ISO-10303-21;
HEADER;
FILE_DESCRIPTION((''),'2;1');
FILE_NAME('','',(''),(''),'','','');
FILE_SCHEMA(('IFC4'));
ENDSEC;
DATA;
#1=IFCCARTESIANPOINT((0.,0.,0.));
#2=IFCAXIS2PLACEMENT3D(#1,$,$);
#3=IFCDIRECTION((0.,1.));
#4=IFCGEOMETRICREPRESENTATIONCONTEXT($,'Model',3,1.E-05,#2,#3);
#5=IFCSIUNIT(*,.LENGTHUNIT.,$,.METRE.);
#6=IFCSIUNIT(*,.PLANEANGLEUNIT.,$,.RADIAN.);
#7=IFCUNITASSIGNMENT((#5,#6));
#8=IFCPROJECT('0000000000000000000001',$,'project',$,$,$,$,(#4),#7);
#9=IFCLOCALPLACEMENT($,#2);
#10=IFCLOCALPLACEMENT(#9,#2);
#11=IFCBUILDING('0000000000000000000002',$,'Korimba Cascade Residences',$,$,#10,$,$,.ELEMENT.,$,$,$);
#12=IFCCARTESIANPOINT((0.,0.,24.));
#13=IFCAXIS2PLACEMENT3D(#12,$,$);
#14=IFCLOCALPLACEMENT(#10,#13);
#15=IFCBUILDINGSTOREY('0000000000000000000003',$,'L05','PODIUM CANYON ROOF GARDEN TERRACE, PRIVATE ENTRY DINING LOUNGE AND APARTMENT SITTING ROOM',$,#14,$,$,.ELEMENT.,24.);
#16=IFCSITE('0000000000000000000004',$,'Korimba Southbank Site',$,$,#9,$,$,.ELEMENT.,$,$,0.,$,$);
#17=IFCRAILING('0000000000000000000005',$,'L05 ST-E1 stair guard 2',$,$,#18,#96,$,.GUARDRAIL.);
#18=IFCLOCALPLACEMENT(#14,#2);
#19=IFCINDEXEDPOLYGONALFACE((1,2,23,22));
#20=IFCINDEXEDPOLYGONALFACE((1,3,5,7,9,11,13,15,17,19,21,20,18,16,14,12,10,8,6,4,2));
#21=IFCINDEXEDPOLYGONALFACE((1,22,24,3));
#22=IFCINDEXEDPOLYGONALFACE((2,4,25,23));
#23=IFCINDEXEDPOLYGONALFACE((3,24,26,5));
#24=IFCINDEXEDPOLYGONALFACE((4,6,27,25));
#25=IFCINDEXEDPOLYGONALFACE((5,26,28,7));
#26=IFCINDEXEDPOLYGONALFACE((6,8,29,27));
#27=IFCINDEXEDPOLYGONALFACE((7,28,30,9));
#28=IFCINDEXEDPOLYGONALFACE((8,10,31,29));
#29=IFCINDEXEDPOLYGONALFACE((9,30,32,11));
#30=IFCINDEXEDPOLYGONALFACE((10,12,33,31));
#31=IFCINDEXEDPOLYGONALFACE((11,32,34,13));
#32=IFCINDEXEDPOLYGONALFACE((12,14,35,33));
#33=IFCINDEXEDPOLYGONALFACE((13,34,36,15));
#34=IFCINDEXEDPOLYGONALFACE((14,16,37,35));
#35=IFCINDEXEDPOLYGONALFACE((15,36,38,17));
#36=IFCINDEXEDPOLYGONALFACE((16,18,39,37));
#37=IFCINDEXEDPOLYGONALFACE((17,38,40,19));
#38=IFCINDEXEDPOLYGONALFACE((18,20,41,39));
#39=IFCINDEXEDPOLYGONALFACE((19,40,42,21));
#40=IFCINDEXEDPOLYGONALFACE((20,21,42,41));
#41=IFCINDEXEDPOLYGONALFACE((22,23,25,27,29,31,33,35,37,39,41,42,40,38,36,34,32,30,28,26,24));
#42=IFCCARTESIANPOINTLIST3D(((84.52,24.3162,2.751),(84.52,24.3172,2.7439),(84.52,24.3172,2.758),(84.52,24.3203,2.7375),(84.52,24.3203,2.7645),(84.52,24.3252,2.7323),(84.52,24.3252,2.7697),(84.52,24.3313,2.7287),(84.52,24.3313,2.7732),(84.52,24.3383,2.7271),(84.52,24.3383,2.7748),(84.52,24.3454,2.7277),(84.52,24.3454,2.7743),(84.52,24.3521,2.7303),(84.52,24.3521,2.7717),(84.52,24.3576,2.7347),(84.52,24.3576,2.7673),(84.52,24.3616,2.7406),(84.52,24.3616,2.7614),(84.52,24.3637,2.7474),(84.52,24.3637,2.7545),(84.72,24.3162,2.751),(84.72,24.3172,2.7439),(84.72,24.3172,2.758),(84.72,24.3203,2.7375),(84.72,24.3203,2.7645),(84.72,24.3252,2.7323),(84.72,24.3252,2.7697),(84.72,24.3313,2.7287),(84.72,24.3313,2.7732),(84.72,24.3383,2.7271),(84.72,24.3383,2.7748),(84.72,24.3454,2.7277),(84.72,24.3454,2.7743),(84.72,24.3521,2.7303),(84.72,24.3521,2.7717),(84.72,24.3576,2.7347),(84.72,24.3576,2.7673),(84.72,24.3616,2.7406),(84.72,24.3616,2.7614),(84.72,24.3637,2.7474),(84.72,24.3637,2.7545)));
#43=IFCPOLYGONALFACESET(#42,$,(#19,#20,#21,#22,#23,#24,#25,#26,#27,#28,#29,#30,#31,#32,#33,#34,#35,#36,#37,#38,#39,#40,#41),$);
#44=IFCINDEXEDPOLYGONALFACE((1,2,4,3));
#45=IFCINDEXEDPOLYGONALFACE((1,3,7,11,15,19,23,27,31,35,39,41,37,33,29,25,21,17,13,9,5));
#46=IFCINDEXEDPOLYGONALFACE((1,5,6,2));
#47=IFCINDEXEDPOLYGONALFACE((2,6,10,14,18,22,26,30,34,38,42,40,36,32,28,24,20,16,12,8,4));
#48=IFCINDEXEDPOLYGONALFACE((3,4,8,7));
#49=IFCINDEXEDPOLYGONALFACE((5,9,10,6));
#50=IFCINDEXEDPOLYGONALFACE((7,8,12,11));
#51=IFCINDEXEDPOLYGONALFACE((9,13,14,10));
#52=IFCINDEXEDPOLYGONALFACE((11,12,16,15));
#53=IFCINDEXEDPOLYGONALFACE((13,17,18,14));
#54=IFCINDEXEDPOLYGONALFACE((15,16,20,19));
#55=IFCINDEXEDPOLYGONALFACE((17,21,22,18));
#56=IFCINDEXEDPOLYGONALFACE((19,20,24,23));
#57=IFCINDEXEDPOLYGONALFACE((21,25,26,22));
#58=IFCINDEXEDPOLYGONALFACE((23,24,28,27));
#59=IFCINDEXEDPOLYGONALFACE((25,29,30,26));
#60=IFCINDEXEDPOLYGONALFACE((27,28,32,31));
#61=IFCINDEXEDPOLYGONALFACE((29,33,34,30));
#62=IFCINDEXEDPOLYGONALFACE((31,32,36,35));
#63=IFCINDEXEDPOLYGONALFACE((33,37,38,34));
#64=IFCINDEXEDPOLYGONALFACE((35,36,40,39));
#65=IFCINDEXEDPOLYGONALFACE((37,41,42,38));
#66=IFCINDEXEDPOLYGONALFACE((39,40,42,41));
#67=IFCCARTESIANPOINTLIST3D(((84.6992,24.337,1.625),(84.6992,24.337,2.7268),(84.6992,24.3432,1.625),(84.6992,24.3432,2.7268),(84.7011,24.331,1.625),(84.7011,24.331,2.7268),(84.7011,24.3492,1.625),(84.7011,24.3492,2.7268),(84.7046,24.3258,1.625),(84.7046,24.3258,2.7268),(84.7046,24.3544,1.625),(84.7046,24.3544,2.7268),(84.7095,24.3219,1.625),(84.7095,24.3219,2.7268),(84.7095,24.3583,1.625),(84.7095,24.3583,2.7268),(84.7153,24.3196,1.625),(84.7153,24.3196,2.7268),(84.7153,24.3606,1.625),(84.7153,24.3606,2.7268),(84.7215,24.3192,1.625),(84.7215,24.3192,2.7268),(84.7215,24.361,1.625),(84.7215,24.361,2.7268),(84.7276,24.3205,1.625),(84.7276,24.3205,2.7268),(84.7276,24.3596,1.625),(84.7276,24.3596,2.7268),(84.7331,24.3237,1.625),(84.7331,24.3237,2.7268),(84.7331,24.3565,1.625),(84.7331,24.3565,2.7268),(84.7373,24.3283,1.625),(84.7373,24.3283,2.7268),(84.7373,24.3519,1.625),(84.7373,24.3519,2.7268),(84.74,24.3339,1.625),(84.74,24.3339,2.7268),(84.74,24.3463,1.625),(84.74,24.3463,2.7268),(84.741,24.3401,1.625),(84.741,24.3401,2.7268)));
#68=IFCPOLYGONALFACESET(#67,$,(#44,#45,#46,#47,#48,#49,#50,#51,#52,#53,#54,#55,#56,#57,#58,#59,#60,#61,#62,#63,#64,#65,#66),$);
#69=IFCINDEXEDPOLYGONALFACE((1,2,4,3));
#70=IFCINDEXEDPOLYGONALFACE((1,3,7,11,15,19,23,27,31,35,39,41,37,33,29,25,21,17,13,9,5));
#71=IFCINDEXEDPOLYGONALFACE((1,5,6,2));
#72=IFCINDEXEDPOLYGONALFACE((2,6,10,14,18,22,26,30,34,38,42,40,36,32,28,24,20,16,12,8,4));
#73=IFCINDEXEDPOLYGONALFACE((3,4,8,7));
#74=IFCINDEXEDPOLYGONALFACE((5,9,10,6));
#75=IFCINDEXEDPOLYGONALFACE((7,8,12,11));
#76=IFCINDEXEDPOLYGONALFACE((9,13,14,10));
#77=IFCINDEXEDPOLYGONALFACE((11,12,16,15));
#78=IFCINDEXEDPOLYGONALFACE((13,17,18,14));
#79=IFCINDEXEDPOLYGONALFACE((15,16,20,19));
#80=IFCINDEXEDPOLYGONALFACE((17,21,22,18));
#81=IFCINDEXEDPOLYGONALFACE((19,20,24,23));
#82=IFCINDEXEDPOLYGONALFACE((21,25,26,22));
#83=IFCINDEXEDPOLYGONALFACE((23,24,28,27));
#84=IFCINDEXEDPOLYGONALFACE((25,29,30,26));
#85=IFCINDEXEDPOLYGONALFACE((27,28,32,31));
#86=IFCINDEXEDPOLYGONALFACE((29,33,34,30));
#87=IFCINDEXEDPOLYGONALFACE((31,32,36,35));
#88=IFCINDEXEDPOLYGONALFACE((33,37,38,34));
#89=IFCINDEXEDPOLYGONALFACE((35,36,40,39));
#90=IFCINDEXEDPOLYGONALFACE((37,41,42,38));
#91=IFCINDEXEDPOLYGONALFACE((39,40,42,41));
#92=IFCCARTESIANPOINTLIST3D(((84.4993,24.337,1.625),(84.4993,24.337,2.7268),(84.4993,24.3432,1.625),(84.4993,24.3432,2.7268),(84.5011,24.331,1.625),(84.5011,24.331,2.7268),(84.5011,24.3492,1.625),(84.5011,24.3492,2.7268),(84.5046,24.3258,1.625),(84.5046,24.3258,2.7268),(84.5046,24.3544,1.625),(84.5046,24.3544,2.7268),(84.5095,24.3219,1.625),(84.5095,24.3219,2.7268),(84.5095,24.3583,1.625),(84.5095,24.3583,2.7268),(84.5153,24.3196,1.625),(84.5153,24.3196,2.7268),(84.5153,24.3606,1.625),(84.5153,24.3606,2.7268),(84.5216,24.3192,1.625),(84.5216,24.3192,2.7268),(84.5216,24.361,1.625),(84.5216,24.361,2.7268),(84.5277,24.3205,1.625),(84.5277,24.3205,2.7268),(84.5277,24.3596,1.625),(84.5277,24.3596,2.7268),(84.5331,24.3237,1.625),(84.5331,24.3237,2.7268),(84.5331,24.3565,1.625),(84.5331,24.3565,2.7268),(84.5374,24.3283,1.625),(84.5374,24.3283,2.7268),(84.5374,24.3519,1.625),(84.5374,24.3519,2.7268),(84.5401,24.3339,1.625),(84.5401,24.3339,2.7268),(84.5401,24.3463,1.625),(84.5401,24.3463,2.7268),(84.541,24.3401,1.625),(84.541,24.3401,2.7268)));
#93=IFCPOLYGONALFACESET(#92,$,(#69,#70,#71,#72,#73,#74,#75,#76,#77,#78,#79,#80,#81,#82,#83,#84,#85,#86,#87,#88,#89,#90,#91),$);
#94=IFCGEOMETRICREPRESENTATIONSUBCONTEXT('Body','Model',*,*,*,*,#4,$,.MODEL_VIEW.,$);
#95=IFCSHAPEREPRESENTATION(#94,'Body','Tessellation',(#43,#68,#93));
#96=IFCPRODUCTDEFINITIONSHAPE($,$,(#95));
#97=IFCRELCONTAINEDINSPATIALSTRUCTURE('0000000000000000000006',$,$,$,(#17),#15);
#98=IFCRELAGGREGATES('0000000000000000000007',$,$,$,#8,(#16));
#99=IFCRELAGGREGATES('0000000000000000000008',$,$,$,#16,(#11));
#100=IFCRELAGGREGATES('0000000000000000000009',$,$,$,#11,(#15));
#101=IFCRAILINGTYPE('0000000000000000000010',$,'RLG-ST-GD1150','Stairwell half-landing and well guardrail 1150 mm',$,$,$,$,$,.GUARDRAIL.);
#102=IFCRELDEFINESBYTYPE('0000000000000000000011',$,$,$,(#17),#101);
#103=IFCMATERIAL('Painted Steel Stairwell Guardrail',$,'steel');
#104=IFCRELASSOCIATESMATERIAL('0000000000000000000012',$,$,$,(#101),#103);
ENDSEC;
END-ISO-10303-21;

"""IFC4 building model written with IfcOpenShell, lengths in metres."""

from ifc_helpers import new_model, si_unit, direction, frame, origin, origin_2d, place, context, subcontext, project, spatial, circle, extrude, material, type_object, element, save


model = new_model("IFC4")

# Units and contexts
model_context = context("Model", 3, precision=1e-05, world=origin(), true_north=direction((0.0, 1.0)))
body_context = subcontext(model_context, "Body", "Model", "MODEL_VIEW")
ifc_project = project(units=[si_unit("LENGTHUNIT", "METRE"), si_unit("PLANEANGLEUNIT", "RADIAN")], contexts=[model_context])

# Site, building, storey
site_placement = place(None, origin())
site = spatial("IfcSite", under=ifc_project, at=site_placement, Name="Korimba Southbank Site", CompositionType="ELEMENT", RefElevation=0.0)
building_placement = place(site_placement, origin())
building = spatial("IfcBuilding", under=site, at=building_placement, Name="Korimba Cascade Residences", CompositionType="ELEMENT")
storey_placement = place(building_placement, frame((0.0, 0.0, 24.0)))
storey = spatial("IfcBuildingStorey", under=building, at=storey_placement, Name="L05", Description="PODIUM CANYON ROOF GARDEN TERRACE, PRIVATE ENTRY DINING LOUNGE AND APARTMENT SITTING ROOM", CompositionType="ELEMENT", Elevation=24.0)

# Railing
ifc_material_1 = material(Name="Painted Steel Stairwell Guardrail", Category="steel")
railing_type_1 = type_object("IfcRailingType", Name="RLG-ST-GD1150", Description="Stairwell half-landing and well guardrail 1150 mm", PredefinedType="GUARDRAIL", material=ifc_material_1)
railing_1_placement = place(storey_placement, frame((84.72, 24.3401, 1.625)))
element("IfcRailing", 1, at=railing_1_placement, inside=storey, type_object=railing_type_1, Name="L05 ST-E1 stair guard 2", PredefinedType="GUARDRAIL", context=body_context, shape_type="SweptSolid", body=[
    extrude(circle(Radius=0.0239, at=origin_2d()), frame((0.0, 0.0, 1.126), z_axis=(-1.0, 0.0, 0.0), x_axis=(0.0, -1.0, 0.0)), (0.0, 0.0, 1.0), 0.2),
    extrude(circle(Radius=0.021, at=origin_2d()), origin(), (0.0, 0.0, 1.0), 1.1018),
    extrude(circle(Radius=0.021, at=origin_2d()), frame((-0.2, 0.0, 0.0)), (0.0, 0.0, 1.0), 1.1018),
])

save(model, "model.ifc")
